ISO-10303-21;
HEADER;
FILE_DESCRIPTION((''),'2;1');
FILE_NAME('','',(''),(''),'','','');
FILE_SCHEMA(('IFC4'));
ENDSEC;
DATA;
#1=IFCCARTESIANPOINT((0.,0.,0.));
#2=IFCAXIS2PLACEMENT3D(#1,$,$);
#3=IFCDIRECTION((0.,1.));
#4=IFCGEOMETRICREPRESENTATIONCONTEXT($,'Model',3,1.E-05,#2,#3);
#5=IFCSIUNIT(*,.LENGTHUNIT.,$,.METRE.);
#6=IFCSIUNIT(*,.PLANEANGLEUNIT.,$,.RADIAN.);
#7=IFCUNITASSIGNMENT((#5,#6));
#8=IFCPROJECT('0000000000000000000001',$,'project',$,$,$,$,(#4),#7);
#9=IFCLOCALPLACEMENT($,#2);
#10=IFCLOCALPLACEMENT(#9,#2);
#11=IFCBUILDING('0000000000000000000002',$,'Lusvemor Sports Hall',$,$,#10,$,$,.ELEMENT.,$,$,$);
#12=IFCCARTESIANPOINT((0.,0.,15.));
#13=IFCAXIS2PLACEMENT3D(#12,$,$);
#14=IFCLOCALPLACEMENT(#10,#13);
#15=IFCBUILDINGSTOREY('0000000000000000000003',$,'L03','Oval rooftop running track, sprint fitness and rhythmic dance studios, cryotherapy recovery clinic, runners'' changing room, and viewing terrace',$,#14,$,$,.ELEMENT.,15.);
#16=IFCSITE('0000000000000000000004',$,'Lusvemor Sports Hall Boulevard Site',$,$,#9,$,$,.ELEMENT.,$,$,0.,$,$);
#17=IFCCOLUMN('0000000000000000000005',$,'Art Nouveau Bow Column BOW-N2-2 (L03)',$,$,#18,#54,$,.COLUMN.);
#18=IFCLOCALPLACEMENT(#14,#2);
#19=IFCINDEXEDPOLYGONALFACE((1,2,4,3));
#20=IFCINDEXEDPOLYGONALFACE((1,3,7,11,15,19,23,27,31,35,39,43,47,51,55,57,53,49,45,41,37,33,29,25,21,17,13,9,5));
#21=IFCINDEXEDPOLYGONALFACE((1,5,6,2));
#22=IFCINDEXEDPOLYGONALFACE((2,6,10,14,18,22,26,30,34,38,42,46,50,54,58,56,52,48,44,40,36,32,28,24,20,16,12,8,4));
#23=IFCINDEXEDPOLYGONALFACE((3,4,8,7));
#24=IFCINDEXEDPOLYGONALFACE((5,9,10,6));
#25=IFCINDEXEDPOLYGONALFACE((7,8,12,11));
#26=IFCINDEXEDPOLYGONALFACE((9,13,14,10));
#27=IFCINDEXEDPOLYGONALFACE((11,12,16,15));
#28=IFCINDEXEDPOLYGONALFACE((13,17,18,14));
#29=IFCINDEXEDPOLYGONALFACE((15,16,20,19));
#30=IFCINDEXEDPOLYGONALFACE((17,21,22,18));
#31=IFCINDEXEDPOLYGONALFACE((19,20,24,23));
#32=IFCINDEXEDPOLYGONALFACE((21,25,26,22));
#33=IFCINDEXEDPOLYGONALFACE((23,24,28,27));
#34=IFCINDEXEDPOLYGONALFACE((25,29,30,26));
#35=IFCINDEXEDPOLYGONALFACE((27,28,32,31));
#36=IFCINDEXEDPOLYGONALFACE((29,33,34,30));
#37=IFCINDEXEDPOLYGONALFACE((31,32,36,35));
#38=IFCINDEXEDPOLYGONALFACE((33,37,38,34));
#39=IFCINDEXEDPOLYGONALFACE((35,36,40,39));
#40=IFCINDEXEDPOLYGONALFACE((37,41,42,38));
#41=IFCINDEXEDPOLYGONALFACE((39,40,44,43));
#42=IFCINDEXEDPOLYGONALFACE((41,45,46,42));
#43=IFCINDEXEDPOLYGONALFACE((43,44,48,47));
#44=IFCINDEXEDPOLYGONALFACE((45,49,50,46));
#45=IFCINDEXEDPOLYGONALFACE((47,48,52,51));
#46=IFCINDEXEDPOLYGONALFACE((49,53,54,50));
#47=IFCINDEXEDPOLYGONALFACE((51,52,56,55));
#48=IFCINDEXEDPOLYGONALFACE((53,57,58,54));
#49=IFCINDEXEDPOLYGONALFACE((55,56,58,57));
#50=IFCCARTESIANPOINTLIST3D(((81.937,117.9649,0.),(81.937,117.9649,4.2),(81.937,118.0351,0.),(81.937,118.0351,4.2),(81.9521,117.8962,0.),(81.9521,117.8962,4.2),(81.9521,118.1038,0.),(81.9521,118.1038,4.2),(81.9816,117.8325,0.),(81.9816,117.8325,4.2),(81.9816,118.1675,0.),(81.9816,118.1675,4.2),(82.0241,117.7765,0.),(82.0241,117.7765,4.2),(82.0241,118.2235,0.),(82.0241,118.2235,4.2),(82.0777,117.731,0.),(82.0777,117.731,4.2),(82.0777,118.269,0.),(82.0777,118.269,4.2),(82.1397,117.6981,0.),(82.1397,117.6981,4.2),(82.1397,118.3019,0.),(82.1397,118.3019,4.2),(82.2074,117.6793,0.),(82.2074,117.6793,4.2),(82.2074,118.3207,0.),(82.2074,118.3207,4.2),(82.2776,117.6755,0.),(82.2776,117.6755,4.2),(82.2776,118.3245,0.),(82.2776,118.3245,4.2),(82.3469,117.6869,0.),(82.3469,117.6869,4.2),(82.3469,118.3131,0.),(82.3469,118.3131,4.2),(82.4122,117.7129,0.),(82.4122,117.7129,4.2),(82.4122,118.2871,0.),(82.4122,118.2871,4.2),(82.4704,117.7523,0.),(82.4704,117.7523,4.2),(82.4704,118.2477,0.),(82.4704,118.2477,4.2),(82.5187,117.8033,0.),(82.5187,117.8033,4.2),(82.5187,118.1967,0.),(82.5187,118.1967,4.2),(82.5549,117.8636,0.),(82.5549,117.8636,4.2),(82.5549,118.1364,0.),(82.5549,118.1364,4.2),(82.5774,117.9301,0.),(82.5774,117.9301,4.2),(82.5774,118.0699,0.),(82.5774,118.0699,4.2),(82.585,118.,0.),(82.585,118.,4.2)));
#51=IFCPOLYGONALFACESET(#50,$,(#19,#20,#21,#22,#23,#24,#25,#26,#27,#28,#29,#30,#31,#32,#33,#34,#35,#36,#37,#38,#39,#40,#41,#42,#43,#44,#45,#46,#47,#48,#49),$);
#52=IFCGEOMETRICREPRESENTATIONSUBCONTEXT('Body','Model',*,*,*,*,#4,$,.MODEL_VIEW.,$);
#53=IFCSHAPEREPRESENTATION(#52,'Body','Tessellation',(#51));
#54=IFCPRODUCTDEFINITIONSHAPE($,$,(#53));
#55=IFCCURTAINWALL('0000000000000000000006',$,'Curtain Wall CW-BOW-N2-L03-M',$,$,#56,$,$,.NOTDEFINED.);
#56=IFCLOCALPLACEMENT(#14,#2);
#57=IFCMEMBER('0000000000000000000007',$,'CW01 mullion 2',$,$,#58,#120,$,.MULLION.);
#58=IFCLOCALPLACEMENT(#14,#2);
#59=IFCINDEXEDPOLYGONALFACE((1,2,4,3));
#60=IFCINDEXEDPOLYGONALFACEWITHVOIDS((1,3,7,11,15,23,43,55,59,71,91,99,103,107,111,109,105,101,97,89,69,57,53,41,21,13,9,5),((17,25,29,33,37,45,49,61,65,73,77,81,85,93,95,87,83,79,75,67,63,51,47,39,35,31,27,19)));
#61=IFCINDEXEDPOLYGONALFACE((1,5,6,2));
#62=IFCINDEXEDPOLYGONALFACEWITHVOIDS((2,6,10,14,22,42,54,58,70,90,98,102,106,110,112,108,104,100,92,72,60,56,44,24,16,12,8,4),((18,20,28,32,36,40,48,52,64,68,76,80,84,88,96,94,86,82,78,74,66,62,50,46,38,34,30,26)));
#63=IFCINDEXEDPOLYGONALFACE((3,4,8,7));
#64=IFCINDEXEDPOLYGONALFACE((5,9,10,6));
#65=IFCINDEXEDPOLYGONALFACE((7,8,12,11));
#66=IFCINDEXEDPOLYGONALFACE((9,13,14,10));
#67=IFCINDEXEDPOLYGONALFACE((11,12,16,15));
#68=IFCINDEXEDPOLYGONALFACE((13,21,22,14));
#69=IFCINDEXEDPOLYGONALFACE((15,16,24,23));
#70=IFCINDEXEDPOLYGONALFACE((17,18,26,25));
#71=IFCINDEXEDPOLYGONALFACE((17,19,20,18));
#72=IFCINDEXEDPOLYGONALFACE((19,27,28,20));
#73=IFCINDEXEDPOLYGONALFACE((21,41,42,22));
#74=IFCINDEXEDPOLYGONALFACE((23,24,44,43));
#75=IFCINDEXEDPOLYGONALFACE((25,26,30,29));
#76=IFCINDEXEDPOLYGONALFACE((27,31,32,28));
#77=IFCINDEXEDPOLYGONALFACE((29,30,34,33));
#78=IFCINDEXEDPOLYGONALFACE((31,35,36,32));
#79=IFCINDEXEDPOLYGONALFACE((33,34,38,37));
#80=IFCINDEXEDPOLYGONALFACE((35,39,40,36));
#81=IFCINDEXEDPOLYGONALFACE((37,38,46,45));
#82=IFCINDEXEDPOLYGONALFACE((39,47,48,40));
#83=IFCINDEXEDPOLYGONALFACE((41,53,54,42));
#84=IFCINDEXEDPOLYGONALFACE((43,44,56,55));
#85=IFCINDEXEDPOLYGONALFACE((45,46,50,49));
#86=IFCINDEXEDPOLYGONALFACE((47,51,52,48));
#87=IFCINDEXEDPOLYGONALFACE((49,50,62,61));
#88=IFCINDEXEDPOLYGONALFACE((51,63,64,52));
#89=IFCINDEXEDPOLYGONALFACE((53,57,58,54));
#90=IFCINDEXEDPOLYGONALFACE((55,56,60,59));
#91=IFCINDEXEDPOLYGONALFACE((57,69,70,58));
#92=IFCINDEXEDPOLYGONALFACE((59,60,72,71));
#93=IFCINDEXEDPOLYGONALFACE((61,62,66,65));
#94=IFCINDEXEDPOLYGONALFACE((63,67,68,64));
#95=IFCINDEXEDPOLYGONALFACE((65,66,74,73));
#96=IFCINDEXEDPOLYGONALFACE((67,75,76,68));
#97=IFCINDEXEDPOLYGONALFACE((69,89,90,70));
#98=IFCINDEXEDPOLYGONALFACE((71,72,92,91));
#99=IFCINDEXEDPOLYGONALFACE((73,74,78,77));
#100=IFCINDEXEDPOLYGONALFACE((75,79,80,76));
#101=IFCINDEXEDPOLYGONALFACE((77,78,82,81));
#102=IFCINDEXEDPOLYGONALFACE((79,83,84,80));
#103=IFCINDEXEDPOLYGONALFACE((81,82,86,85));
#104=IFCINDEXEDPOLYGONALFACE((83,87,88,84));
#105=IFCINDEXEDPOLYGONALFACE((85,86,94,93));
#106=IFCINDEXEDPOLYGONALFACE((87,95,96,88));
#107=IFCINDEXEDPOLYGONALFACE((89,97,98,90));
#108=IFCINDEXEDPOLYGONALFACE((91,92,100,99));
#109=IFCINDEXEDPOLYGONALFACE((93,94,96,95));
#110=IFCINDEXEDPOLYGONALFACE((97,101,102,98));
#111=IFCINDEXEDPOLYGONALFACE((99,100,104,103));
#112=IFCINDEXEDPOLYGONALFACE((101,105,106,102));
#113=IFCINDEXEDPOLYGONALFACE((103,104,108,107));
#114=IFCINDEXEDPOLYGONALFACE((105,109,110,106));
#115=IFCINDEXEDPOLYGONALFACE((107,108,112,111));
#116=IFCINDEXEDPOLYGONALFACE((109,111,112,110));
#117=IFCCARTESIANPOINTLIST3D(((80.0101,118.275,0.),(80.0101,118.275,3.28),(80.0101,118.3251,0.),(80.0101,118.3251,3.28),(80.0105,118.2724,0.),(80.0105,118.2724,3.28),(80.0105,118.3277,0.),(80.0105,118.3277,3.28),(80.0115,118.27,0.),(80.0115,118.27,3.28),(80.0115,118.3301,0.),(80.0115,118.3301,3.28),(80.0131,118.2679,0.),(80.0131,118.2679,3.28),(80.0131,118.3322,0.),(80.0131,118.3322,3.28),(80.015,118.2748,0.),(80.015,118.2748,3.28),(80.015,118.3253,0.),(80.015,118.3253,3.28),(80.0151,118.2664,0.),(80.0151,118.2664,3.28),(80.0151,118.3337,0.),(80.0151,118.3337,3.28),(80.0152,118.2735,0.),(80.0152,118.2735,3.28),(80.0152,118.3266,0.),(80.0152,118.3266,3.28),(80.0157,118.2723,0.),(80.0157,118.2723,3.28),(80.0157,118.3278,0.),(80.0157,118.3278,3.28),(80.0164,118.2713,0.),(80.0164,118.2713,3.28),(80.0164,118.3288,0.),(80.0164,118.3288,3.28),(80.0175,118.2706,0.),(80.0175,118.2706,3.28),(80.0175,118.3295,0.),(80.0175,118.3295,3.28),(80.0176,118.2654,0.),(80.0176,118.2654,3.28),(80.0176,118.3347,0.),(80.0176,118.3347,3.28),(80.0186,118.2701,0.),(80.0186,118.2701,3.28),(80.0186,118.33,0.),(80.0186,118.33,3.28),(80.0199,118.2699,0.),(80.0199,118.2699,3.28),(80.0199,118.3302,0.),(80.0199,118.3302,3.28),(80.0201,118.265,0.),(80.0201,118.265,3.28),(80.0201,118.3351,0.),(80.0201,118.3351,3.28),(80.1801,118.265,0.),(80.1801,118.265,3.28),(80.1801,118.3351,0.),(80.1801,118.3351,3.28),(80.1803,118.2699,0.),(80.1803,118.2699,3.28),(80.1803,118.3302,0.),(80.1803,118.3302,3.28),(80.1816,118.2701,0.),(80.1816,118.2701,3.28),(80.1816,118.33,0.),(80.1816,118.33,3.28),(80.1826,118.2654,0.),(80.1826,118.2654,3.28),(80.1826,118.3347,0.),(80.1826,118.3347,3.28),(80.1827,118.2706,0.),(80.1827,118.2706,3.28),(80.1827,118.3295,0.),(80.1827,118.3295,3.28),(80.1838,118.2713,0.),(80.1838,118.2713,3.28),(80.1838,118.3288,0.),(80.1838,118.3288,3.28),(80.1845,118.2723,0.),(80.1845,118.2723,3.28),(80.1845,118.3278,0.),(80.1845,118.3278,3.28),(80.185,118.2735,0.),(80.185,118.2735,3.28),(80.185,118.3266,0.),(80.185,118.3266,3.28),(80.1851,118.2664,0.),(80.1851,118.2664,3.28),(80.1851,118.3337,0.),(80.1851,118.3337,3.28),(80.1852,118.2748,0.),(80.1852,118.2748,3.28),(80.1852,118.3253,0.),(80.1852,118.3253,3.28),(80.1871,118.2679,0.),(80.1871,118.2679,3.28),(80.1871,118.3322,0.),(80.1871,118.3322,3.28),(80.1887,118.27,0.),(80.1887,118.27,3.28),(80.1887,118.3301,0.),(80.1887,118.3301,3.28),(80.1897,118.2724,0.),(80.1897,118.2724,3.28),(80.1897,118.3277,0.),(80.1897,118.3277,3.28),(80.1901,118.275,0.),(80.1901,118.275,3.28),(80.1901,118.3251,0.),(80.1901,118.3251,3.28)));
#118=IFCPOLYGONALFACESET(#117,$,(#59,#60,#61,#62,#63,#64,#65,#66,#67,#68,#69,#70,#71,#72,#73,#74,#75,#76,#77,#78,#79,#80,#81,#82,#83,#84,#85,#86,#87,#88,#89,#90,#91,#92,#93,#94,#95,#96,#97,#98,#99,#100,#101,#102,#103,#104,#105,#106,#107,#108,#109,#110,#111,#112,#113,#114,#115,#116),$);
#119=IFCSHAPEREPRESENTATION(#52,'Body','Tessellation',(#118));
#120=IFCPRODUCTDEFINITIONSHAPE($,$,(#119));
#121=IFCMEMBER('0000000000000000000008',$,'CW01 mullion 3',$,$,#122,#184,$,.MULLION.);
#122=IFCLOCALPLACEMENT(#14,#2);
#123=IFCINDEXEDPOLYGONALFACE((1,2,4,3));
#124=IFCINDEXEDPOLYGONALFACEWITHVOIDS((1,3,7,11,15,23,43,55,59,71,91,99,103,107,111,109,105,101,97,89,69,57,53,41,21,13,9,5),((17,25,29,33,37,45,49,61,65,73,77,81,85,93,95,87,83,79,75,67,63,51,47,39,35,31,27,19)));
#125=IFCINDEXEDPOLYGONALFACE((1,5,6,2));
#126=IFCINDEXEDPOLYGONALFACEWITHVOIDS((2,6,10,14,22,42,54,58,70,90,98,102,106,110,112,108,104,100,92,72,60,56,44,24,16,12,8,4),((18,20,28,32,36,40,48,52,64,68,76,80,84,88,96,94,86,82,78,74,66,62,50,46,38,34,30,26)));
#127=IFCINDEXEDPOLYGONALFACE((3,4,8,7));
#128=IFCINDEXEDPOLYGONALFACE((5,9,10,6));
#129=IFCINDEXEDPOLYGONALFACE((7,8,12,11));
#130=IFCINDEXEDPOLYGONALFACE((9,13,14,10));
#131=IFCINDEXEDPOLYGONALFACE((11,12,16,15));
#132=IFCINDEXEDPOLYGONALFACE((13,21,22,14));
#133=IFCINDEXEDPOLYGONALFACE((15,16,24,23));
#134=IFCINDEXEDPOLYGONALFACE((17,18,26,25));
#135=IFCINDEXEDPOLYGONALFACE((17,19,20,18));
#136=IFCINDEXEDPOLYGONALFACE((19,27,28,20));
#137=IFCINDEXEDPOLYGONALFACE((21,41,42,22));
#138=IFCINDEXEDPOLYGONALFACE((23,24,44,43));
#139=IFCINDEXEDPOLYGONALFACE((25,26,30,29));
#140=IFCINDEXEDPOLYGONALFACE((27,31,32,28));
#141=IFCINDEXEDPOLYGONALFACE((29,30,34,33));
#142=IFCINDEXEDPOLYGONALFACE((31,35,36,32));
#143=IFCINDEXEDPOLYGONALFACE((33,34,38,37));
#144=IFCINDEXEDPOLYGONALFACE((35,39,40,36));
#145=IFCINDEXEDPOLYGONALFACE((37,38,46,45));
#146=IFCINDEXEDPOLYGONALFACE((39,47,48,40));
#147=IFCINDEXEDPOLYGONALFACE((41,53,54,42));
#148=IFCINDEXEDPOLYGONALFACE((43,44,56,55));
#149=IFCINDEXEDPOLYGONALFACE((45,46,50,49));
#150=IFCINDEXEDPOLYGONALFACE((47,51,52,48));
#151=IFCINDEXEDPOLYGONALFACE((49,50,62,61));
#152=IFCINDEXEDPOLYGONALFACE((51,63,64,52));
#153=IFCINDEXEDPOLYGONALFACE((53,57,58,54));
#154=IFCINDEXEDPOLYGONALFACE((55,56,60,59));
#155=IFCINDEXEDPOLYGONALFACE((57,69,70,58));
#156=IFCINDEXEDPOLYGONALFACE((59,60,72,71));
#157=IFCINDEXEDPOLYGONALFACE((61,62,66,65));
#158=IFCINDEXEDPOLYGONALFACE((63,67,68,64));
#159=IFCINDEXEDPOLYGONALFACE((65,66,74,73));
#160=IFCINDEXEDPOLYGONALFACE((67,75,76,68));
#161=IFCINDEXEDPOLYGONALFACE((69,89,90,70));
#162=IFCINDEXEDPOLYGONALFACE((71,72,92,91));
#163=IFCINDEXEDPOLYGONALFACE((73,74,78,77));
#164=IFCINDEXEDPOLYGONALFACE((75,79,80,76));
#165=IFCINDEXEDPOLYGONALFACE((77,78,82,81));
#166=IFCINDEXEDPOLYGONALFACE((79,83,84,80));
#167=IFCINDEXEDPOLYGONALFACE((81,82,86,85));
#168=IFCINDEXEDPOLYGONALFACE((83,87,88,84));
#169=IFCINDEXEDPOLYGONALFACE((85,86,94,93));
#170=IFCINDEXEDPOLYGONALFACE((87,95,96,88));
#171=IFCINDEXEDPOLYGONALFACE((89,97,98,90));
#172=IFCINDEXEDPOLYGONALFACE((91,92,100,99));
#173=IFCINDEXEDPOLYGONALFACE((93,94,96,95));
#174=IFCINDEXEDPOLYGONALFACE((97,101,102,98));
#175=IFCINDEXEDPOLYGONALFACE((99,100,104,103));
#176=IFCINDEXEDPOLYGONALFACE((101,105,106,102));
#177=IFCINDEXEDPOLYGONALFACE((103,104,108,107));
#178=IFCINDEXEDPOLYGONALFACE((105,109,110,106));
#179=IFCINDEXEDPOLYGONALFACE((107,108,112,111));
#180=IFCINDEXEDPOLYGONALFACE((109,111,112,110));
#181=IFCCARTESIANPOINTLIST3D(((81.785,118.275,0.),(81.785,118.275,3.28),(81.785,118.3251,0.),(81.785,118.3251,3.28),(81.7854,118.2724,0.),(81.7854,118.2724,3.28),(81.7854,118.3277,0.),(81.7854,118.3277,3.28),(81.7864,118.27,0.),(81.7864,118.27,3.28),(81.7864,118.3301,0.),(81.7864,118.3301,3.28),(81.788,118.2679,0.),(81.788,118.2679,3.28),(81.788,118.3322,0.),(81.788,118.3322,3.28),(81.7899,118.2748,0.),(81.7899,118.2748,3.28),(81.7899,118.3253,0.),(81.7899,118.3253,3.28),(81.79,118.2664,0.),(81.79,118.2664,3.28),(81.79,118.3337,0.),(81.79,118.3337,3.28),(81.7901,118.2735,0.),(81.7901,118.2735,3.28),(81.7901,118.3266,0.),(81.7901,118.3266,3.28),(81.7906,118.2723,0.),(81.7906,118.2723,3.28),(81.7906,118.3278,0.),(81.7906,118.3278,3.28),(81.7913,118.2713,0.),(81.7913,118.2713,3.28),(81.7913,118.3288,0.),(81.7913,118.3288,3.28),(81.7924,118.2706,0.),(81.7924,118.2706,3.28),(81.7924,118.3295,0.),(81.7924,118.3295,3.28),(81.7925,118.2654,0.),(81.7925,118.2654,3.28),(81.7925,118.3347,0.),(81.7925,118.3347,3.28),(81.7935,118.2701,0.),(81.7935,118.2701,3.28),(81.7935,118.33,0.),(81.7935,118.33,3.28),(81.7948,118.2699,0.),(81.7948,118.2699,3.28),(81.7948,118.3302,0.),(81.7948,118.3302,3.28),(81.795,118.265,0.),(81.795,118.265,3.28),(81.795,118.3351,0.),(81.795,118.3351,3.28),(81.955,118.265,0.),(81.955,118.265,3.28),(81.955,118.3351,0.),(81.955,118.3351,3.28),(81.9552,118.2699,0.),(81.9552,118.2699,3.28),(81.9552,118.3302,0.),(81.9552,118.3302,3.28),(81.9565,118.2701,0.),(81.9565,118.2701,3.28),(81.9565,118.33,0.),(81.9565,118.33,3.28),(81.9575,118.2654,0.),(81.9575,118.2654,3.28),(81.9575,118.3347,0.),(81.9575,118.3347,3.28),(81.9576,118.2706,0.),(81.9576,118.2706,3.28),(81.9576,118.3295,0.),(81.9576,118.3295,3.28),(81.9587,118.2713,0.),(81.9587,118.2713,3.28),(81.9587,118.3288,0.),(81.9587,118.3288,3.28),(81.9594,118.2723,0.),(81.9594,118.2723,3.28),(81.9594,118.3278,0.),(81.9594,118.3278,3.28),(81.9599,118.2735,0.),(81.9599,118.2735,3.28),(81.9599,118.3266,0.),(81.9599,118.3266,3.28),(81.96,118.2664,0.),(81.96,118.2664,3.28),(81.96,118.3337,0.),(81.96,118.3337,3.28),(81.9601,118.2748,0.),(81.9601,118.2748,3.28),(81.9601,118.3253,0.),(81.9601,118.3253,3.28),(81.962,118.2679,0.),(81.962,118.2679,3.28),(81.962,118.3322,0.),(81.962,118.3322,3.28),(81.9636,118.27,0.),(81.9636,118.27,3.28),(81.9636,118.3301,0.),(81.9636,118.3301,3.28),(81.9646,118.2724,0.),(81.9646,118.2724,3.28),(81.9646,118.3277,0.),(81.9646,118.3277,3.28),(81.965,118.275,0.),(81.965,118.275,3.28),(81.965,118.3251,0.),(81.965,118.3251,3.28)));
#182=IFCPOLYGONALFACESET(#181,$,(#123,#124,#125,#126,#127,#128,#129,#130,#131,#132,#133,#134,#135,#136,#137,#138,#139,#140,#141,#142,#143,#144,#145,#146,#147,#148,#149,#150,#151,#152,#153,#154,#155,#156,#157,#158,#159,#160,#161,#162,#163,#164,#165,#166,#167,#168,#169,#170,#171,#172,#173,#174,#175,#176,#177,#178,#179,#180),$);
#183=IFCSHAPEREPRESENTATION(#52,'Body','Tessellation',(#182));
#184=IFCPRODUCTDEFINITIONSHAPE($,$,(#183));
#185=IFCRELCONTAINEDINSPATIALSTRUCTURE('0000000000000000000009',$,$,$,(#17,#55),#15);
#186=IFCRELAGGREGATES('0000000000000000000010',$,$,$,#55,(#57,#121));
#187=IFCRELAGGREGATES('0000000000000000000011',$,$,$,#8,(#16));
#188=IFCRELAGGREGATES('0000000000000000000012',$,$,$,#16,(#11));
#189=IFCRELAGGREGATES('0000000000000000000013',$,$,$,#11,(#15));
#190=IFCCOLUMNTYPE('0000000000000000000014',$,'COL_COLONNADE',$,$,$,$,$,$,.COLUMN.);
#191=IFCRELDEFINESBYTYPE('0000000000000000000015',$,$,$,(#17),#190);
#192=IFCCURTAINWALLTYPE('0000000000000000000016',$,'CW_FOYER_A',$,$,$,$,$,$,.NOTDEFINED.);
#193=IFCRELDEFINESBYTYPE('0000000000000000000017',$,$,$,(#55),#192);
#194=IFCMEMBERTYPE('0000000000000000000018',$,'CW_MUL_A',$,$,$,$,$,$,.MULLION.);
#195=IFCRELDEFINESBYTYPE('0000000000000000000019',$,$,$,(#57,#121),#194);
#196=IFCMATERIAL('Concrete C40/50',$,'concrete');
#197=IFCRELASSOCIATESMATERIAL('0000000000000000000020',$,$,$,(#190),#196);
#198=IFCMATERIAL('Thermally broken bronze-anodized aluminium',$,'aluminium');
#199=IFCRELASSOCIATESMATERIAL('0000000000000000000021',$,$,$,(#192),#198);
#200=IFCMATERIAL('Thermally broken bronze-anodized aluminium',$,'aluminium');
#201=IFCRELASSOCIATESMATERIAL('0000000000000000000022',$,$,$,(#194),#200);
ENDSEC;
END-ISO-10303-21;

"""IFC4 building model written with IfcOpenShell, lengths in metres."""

from ifc_helpers import new_model, si_unit, direction, frame, origin, origin_2d, place, context, subcontext, project, spatial, hollow_rectangle, circle, extrude, material, material_profile, profile_set, type_object, element, aggregate, save


model = new_model("IFC4")

# Units and contexts
model_context = context("Model", 3, precision=1e-05, world=origin(), true_north=direction((0.0, 1.0)))
body_context = subcontext(model_context, "Body", "Model", "MODEL_VIEW")
ifc_project = project(units=[si_unit("LENGTHUNIT", "METRE"), si_unit("PLANEANGLEUNIT", "RADIAN")], contexts=[model_context])

# Site, building, storey
site_placement = place(None, origin())
site = spatial("IfcSite", under=ifc_project, at=site_placement, Name="Lusvemor Sports Hall Boulevard Site", CompositionType="ELEMENT", RefElevation=0.0)
building_placement = place(site_placement, origin())
building = spatial("IfcBuilding", under=site, at=building_placement, Name="Lusvemor Sports Hall", CompositionType="ELEMENT")
storey_placement = place(building_placement, frame((0.0, 0.0, 15.0)))
storey = spatial("IfcBuildingStorey", under=building, at=storey_placement, Name="L03", Description="Oval rooftop running track, sprint fitness and rhythmic dance studios, cryotherapy recovery clinic, runners' changing room, and viewing terrace", CompositionType="ELEMENT", Elevation=15.0)

# Column
ifc_material_1 = material(Name="Concrete C40/50", Category="concrete")
ifc_material_profile_1 = material_profile(ifc_material_1, circle(Radius=0.325, at=origin_2d()), Name="RCCIRC650")
ifc_profile_set_1 = profile_set([ifc_material_profile_1], Name="Concrete C40/50")
column_type = type_object("IfcColumnType", Name="COL_COLONNADE", PredefinedType="COLUMN", material=ifc_profile_set_1)
column_placement = place(storey_placement, frame((82.26, 118.0, 0.0), z_axis=(0.0, 0.0, 1.0), x_axis=(1.0, 0.0, 0.0)))
element("IfcColumn", 1, at=column_placement, inside=storey, type_object=column_type, Name="Art Nouveau Bow Column BOW-N2-2 (L03)", PredefinedType="COLUMN", context=body_context, shape_type="SweptSolid", body=[
    extrude(circle(Radius=0.325, at=origin_2d()), origin(), (0.0, 0.0, 1.0), 4.2),
])

# Curtain wall, members
ifc_material_2 = material(Name="Thermally broken bronze-anodized aluminium", Category="aluminium")
curtain_wall_type_1 = type_object("IfcCurtainWallType", Name="CW_FOYER_A", PredefinedType="NOTDEFINED", material=ifc_material_2)
curtain_wall_1_placement = place(storey_placement, origin())
curtain_wall_1 = element("IfcCurtainWall", 2, at=curtain_wall_1_placement, inside=storey, type_object=curtain_wall_type_1, Name="Curtain Wall CW-BOW-N2-L03-M", PredefinedType="NOTDEFINED")
ifc_material_3 = material(Name="Thermally broken bronze-anodized aluminium", Category="aluminium")
ifc_material_profile_2 = material_profile(ifc_material_3, hollow_rectangle(XDim=0.0701, YDim=0.1799, WallThickness=0.0049, InnerFilletRadius=0.0049, OuterFilletRadius=0.01, at=origin_2d()), Name="CWMUL180x70x5")
ifc_profile_set_2 = profile_set([ifc_material_profile_2], Name="Thermally broken bronze-anodized aluminium")
member_type_1 = type_object("IfcMemberType", Name="CW_MUL_A", PredefinedType="MULLION", material=ifc_profile_set_2)
member_1_placement = place(storey_placement, frame((80.1001, 118.3, 0.0), z_axis=(0.0, 0.0, 1.0), x_axis=(0.0, 1.0, 0.0)))
member_1 = element("IfcMember", 3, at=member_1_placement, type_object=member_type_1, Name="CW01 mullion 2", PredefinedType="MULLION", context=body_context, shape_type="SweptSolid", body=[
    extrude(hollow_rectangle(XDim=0.0701, YDim=0.1799, WallThickness=0.0049, InnerFilletRadius=0.0049, OuterFilletRadius=0.01, at=origin_2d()), origin(), (0.0, 0.0, 1.0), 3.28),
])
member_2_placement = place(storey_placement, frame((81.875, 118.3, 0.0), z_axis=(0.0, 0.0, 1.0), x_axis=(0.0, 1.0, 0.0)))
member_2 = element("IfcMember", 4, at=member_2_placement, type_object=member_type_1, Name="CW01 mullion 3", PredefinedType="MULLION", context=body_context, shape_type="SweptSolid", body=[
    extrude(hollow_rectangle(XDim=0.0701, YDim=0.1799, WallThickness=0.0049, InnerFilletRadius=0.0049, OuterFilletRadius=0.01, at=origin_2d()), origin(), (0.0, 0.0, 1.0), 3.28),
])

aggregate(curtain_wall_1, [member_1, member_2])

save(model, "model.ifc")
